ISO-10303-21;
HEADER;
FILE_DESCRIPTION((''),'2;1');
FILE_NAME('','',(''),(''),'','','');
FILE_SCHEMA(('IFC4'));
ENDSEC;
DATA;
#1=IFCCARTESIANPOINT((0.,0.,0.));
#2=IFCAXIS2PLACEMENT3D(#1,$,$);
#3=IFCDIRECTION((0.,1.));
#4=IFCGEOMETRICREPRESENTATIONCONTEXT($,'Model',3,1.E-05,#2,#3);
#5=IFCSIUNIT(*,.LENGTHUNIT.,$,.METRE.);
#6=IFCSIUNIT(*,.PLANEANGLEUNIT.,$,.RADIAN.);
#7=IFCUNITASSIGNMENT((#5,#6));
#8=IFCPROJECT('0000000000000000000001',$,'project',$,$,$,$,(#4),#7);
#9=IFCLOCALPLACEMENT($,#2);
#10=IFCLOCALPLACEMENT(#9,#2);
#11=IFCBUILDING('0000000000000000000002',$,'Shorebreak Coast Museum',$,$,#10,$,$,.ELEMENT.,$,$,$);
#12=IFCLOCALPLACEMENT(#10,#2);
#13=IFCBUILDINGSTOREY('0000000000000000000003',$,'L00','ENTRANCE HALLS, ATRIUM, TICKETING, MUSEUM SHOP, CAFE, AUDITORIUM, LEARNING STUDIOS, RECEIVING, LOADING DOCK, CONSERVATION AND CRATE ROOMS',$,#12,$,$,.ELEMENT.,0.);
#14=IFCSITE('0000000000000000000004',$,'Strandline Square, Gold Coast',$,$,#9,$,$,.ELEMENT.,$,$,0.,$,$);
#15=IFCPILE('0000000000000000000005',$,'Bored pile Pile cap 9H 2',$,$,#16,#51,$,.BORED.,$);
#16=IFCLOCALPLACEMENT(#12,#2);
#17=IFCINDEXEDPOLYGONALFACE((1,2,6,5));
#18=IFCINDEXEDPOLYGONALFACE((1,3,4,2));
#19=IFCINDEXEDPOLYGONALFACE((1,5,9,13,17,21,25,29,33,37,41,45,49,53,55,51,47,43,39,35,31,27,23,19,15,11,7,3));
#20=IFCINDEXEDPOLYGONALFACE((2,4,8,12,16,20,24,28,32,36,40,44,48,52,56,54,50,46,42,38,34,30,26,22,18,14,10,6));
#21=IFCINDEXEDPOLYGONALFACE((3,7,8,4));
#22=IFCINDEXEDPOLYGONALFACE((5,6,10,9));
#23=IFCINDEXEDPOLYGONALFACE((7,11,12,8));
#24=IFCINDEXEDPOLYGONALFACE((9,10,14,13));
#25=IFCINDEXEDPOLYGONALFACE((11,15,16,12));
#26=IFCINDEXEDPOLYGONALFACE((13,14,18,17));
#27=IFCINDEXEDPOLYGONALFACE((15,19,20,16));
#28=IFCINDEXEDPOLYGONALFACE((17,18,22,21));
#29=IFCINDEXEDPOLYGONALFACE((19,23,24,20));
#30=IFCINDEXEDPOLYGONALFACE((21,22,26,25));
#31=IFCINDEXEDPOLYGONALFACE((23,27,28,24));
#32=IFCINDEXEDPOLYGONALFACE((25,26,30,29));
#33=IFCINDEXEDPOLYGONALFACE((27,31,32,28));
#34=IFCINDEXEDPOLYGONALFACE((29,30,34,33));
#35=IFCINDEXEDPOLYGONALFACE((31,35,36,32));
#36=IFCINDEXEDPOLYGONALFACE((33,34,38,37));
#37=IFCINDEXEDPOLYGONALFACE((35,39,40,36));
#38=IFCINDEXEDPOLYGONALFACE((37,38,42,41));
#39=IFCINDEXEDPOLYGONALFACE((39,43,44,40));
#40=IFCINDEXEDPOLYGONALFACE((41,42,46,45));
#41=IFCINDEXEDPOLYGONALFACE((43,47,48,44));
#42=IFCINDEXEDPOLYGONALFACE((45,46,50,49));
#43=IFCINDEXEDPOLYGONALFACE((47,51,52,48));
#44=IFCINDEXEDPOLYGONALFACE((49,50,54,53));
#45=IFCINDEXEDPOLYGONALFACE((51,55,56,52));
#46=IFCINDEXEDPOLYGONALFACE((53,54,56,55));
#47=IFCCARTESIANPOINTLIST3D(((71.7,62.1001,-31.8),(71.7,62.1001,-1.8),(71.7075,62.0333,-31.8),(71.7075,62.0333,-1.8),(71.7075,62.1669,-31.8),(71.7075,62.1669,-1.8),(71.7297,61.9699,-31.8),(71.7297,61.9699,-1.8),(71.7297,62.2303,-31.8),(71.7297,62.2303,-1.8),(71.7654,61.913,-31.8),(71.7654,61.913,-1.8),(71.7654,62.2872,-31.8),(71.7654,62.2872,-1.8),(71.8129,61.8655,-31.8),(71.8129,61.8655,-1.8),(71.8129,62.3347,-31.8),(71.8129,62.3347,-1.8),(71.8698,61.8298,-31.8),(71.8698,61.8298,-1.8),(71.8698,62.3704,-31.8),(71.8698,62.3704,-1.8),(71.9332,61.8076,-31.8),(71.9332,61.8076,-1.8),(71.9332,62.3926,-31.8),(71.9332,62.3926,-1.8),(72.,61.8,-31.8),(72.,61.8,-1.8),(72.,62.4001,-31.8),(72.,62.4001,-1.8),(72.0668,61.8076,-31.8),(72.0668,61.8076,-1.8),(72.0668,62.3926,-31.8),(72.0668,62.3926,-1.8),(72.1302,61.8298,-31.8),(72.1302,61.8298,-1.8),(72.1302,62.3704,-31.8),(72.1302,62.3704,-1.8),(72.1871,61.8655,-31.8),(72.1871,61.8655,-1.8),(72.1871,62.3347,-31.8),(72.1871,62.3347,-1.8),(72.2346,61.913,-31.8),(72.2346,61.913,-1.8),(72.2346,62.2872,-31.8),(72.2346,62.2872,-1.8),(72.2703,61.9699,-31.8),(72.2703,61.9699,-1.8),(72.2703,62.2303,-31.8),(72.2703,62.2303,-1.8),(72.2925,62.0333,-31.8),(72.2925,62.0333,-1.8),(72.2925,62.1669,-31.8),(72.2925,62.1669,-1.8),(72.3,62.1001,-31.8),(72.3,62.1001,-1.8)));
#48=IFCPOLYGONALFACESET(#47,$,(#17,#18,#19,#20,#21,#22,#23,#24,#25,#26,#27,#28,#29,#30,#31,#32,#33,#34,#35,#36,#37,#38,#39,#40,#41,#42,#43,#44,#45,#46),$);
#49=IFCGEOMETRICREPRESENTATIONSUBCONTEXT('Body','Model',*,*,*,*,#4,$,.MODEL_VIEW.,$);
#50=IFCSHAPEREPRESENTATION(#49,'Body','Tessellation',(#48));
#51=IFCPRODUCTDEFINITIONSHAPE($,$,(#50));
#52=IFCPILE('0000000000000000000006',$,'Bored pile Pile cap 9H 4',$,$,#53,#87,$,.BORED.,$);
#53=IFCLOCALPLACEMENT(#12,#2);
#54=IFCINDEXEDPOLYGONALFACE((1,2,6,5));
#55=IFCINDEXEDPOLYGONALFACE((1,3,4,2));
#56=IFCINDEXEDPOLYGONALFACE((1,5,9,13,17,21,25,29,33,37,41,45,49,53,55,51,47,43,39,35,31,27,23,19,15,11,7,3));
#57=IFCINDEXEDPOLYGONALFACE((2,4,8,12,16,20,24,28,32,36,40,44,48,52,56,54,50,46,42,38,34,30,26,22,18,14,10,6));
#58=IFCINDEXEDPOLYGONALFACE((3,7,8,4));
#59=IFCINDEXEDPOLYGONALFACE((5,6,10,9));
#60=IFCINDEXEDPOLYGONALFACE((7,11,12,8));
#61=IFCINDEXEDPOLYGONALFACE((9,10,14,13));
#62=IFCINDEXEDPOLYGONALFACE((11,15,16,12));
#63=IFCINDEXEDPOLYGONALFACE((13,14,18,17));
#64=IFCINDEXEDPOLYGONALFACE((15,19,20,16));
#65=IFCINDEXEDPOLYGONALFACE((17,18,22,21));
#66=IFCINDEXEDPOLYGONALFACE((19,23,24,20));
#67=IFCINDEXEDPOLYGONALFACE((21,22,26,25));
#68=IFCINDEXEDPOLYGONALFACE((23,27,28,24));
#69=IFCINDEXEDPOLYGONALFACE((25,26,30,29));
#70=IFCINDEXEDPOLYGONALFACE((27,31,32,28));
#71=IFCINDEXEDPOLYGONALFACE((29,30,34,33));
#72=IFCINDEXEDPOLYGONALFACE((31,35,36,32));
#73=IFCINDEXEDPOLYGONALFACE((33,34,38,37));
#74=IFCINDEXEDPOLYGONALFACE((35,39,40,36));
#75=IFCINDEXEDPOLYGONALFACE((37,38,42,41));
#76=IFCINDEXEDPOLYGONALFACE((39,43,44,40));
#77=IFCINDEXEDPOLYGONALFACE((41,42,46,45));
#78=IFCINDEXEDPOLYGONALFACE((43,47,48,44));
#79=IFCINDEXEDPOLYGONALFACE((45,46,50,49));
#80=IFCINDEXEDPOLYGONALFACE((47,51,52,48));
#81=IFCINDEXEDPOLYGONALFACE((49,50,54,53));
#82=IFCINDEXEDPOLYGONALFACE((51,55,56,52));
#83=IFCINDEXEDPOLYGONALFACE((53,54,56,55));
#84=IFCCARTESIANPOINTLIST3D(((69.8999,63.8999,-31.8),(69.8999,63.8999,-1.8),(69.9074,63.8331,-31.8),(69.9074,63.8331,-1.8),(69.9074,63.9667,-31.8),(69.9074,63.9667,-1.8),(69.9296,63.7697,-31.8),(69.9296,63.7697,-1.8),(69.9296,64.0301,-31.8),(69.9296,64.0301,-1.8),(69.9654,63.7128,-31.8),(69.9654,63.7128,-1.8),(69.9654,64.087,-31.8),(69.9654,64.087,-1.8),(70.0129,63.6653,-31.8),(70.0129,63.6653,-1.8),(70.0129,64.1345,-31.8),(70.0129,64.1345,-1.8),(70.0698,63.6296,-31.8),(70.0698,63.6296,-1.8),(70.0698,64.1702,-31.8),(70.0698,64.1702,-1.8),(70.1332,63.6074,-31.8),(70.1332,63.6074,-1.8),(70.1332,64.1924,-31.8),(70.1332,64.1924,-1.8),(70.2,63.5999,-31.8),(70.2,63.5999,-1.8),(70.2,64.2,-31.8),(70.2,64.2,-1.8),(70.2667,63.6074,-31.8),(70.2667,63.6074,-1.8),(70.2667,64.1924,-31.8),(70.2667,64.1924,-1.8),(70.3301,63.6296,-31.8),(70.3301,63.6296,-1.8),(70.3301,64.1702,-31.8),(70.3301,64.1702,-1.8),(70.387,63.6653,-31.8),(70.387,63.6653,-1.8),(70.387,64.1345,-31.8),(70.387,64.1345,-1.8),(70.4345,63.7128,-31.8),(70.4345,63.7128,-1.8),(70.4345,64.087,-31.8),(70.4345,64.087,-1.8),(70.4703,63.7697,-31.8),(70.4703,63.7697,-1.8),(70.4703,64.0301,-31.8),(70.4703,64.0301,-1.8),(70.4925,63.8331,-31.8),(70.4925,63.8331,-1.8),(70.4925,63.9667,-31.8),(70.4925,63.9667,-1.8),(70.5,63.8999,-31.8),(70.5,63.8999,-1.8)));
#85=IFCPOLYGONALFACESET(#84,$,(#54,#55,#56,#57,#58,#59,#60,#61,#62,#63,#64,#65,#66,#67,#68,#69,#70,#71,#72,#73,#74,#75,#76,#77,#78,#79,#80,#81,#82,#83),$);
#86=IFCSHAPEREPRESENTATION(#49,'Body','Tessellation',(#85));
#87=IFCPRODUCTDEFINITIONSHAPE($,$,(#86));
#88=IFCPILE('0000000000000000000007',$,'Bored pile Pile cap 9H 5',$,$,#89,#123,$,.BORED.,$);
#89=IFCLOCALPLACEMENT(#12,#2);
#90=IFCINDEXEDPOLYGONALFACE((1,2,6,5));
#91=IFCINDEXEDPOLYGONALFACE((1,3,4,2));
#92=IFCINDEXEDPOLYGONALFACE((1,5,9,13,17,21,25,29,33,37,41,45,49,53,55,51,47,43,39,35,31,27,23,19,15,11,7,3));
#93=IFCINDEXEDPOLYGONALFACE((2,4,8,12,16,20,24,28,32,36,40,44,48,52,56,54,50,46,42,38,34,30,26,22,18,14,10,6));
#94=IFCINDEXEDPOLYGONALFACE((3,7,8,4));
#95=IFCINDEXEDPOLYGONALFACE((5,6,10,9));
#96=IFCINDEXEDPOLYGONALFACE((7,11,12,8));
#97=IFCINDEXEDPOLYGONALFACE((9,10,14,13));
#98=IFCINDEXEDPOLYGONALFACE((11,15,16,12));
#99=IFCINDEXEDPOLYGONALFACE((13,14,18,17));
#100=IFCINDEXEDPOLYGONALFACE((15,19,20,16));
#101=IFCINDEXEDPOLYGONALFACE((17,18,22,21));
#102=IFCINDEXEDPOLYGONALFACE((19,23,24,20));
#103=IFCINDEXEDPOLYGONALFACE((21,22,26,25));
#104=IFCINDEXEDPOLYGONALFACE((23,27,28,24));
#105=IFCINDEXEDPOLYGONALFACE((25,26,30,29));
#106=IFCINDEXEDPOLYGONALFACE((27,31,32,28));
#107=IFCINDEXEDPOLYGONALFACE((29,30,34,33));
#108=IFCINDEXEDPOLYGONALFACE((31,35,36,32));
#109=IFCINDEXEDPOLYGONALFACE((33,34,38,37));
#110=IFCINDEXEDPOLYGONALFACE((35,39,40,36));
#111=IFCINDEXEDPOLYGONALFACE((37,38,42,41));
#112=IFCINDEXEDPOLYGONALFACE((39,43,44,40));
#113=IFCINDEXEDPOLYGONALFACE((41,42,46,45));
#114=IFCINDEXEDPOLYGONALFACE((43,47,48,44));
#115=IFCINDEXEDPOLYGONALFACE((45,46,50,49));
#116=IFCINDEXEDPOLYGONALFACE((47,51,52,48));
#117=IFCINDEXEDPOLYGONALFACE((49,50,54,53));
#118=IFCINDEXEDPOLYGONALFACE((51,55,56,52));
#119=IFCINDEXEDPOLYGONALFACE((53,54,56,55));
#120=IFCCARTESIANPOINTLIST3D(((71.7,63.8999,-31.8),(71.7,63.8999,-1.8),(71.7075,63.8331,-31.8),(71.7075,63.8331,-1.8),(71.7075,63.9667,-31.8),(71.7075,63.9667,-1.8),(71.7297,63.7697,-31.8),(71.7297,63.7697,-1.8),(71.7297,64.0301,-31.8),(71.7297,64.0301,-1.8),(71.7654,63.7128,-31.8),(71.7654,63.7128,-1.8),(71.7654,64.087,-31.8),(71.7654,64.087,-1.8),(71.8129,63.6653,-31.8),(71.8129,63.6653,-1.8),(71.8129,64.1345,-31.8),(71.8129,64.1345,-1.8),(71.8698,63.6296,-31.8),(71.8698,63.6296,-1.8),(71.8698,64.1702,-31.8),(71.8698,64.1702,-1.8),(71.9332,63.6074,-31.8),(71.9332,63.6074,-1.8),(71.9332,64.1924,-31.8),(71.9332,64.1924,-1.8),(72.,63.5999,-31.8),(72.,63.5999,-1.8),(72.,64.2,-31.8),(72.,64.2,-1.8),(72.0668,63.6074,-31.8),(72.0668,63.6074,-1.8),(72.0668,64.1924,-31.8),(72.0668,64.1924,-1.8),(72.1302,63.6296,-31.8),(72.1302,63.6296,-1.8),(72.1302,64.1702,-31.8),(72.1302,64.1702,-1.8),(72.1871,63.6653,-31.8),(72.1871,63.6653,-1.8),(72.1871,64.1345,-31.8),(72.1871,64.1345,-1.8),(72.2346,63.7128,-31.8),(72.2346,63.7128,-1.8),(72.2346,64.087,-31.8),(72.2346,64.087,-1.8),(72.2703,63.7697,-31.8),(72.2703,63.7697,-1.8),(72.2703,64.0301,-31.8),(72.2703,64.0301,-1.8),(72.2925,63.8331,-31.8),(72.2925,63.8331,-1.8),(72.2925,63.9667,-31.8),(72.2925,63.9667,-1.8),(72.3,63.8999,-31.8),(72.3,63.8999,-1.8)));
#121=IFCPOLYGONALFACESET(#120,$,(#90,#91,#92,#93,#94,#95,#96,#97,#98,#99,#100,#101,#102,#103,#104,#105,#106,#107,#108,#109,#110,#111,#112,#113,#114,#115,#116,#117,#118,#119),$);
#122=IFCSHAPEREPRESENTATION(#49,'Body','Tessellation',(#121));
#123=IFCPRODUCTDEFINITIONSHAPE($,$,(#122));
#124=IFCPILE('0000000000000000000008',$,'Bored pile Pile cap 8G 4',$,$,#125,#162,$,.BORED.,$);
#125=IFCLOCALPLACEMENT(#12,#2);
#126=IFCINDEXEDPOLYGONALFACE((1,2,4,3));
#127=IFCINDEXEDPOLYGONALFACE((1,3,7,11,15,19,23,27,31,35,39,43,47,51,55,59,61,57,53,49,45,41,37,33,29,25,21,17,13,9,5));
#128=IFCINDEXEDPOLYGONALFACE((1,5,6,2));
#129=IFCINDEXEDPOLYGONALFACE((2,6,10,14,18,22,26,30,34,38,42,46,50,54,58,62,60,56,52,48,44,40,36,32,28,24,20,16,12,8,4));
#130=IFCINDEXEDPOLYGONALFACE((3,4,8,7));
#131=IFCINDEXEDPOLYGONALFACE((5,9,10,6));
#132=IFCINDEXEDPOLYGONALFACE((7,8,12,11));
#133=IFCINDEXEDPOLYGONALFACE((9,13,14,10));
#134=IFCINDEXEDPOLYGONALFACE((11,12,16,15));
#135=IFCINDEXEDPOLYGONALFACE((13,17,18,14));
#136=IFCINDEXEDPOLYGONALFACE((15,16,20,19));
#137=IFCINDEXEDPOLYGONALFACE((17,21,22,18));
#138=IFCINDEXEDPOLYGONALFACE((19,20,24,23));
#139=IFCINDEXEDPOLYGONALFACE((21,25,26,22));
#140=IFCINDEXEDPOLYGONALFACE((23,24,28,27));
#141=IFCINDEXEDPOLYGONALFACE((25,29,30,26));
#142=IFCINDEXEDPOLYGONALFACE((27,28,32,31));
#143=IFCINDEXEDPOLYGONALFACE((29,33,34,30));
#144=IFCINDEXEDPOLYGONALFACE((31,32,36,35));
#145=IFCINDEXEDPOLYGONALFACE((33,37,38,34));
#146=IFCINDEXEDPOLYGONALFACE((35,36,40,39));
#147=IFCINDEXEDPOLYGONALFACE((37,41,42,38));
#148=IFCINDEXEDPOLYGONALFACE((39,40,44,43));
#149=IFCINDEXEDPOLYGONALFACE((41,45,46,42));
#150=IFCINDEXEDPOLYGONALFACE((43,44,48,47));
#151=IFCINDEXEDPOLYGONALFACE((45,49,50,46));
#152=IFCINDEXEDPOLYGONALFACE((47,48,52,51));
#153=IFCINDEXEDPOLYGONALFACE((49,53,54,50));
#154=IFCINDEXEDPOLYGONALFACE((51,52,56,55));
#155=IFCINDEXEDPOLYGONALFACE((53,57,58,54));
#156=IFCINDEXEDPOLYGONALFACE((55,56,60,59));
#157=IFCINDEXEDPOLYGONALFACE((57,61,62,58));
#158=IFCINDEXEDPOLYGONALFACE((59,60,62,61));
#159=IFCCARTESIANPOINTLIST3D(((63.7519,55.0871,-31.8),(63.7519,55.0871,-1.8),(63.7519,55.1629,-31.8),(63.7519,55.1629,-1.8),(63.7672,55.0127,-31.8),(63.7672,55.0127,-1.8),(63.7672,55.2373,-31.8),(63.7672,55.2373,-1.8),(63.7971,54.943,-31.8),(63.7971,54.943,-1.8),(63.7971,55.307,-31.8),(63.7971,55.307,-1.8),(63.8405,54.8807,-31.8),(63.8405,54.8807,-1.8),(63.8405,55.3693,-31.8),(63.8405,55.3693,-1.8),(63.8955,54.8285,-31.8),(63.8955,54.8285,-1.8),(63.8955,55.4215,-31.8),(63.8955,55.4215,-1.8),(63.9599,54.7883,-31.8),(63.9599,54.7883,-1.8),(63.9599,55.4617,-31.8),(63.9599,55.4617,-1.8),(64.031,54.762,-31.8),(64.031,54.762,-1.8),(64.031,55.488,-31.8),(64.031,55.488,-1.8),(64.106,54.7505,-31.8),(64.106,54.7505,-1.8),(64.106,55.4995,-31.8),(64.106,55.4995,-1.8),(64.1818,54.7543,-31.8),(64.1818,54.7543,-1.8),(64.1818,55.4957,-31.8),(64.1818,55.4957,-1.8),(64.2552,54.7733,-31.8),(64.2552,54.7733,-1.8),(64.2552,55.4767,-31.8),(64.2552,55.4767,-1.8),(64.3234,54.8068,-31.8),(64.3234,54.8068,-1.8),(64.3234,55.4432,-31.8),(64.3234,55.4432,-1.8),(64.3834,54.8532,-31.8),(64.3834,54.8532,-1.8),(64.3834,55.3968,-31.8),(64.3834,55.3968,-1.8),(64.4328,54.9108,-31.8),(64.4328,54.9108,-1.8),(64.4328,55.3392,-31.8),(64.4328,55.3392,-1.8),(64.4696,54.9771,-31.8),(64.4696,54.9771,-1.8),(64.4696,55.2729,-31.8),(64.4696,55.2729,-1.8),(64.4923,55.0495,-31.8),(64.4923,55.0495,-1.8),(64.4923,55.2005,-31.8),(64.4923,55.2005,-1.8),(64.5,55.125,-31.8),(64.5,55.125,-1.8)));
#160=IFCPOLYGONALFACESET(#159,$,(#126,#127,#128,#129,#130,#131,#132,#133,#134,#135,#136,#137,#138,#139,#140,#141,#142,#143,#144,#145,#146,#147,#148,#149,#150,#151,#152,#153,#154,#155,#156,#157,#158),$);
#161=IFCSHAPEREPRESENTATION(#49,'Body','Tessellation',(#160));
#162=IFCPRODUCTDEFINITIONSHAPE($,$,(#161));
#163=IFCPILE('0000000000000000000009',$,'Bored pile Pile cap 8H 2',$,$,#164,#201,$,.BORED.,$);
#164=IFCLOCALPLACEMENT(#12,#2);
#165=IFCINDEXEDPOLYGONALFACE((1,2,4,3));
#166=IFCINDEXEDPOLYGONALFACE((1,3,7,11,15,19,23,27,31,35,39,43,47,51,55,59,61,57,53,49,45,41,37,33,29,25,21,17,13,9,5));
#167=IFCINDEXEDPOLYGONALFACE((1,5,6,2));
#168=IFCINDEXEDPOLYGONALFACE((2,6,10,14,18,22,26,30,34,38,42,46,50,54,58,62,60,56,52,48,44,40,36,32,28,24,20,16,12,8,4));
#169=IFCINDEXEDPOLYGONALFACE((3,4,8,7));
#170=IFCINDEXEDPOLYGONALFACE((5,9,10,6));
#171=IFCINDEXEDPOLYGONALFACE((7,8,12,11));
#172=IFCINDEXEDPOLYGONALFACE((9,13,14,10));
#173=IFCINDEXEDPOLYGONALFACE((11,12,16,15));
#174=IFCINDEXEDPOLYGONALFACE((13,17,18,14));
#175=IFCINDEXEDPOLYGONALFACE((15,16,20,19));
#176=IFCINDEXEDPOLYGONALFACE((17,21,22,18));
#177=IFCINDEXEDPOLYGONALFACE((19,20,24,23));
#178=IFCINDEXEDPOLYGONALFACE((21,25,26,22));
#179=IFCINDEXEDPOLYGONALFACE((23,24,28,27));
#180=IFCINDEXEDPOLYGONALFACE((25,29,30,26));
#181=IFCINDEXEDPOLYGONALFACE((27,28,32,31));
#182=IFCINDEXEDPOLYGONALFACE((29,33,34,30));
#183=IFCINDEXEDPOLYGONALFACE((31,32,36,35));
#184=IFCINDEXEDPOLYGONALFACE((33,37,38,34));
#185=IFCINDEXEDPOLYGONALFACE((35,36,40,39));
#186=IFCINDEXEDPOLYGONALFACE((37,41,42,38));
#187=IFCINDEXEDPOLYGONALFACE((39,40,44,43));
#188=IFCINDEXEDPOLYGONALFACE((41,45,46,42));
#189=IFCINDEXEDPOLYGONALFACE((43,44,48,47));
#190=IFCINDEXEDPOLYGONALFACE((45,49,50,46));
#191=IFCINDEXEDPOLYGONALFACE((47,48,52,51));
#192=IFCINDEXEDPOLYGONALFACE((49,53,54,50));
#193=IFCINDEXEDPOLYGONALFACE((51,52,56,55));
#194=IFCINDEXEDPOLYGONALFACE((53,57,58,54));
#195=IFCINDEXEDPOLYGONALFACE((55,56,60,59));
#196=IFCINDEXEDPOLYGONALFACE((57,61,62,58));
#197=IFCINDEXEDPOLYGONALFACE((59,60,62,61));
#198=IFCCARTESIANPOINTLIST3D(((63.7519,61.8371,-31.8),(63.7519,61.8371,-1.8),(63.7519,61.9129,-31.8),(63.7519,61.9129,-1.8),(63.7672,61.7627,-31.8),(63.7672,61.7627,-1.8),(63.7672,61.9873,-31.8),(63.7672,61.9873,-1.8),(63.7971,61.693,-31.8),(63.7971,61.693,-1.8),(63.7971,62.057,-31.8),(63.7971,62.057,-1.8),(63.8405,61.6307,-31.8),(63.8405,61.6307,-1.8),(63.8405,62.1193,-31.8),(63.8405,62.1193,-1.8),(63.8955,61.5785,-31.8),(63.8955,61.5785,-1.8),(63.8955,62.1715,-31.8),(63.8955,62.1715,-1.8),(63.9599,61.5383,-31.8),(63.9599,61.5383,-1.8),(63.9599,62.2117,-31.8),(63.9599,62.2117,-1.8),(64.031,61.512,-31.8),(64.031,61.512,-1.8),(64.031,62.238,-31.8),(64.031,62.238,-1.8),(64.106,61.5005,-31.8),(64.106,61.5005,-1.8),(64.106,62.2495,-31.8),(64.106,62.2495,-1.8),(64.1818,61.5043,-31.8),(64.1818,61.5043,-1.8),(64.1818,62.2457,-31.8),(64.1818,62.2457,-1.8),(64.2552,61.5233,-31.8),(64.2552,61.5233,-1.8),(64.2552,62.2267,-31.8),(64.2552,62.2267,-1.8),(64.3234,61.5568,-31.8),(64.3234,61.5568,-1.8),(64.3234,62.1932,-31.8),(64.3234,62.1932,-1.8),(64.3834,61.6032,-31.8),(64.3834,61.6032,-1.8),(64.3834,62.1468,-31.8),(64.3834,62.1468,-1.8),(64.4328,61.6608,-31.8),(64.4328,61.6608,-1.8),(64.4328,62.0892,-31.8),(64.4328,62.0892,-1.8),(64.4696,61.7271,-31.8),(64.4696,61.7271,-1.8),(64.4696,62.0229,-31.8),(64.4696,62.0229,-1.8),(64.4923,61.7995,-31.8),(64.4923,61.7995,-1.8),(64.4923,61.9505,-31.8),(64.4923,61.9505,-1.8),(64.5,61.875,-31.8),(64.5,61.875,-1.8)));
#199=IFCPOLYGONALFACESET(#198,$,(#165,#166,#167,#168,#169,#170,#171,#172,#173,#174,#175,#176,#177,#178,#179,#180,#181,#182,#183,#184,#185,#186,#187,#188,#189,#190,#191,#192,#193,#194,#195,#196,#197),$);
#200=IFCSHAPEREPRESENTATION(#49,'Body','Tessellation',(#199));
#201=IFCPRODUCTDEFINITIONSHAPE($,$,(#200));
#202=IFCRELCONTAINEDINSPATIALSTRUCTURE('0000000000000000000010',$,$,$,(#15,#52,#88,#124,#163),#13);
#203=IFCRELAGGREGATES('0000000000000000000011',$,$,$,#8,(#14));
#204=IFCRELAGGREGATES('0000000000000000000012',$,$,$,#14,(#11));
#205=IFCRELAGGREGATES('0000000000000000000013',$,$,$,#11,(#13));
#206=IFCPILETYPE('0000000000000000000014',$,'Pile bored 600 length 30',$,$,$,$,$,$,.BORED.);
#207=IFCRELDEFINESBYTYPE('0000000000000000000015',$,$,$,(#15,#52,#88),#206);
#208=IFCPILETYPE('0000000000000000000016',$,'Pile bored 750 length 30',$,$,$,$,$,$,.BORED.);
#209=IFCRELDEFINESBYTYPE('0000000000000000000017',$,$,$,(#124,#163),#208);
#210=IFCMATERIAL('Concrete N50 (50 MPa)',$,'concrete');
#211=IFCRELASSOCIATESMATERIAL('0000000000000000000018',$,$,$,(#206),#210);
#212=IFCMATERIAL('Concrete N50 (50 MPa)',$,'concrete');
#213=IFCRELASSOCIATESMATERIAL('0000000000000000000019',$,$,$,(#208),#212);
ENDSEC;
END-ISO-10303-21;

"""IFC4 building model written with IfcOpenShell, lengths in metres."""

from ifc_helpers import new_model, si_unit, direction, frame, origin, origin_2d, place, context, subcontext, project, spatial, circle, extrude, material, material_profile, profile_set, type_object, element, save


model = new_model("IFC4")

# Units and contexts
model_context = context("Model", 3, precision=1e-05, world=origin(), true_north=direction((0.0, 1.0)))
body_context = subcontext(model_context, "Body", "Model", "MODEL_VIEW")
ifc_project = project(units=[si_unit("LENGTHUNIT", "METRE"), si_unit("PLANEANGLEUNIT", "RADIAN")], contexts=[model_context])

# Site, building, storey
site_placement = place(None, origin())
site = spatial("IfcSite", under=ifc_project, at=site_placement, Name="Strandline Square, Gold Coast", CompositionType="ELEMENT", RefElevation=0.0)
building_placement = place(site_placement, origin())
building = spatial("IfcBuilding", under=site, at=building_placement, Name="Shorebreak Coast Museum", CompositionType="ELEMENT")
storey_placement = place(building_placement, origin())
storey = spatial("IfcBuildingStorey", under=building, at=storey_placement, Name="L00", Description="ENTRANCE HALLS, ATRIUM, TICKETING, MUSEUM SHOP, CAFE, AUDITORIUM, LEARNING STUDIOS, RECEIVING, LOADING DOCK, CONSERVATION AND CRATE ROOMS", CompositionType="ELEMENT", Elevation=0.0)

# Piles
ifc_material_1 = material(Name="Concrete N50 (50 MPa)", Category="concrete")
ifc_material_profile_1 = material_profile(ifc_material_1, circle(Radius=0.3, at=origin_2d()), Name="Pile bored 600 length 30")
ifc_profile_set_1 = profile_set([ifc_material_profile_1], Name="Concrete N50 (50 MPa)")
pile_type_1 = type_object("IfcPileType", Name="Pile bored 600 length 30", PredefinedType="BORED", material=ifc_profile_set_1)
for number, where, z_axis, x_axis, name in (
    (1, (72.0, 62.1001, -1.8), (0.0, 0.0, -1.0), (1.0, 0.0, 0.0), "Bored pile Pile cap 9H 2"),
    (2, (70.2, 63.8999, -1.8), (0.0, 0.0, -1.0), (1.0, 0.0, 0.0), "Bored pile Pile cap 9H 4"),
    (3, (72.0, 63.8999, -1.8), (0.0, 0.0, -1.0), (1.0, 0.0, 0.0), "Bored pile Pile cap 9H 5"),
):
    element("IfcPile", number, at=place(storey_placement, frame(where, z_axis=z_axis, x_axis=x_axis)), inside=storey, type_object=pile_type_1, Name=name, PredefinedType="BORED", context=body_context, shape_type="SweptSolid", body=[
        extrude(circle(Radius=0.3, at=origin_2d()), origin(), (0.0, 0.0, 1.0), 30.0),
    ])
ifc_material_2 = material(Name="Concrete N50 (50 MPa)", Category="concrete")
ifc_material_profile_2 = material_profile(ifc_material_2, circle(Radius=0.375, at=origin_2d()), Name="Pile bored 750 length 30")
ifc_profile_set_2 = profile_set([ifc_material_profile_2], Name="Concrete N50 (50 MPa)")
pile_type_2 = type_object("IfcPileType", Name="Pile bored 750 length 30", PredefinedType="BORED", material=ifc_profile_set_2)
for number, where, z_axis, x_axis, name in (
    (4, (64.125, 55.125, -1.8), (0.0, 0.0, -1.0), (1.0, 0.0, 0.0), "Bored pile Pile cap 8G 4"),
    (5, (64.125, 61.875, -1.8), (0.0, 0.0, -1.0), (1.0, 0.0, 0.0), "Bored pile Pile cap 8H 2"),
):
    element("IfcPile", number, at=place(storey_placement, frame(where, z_axis=z_axis, x_axis=x_axis)), inside=storey, type_object=pile_type_2, Name=name, PredefinedType="BORED", context=body_context, shape_type="SweptSolid", body=[
        extrude(circle(Radius=0.375, at=origin_2d()), origin(), (0.0, 0.0, 1.0), 30.0),
    ])

save(model, "model.ifc")
